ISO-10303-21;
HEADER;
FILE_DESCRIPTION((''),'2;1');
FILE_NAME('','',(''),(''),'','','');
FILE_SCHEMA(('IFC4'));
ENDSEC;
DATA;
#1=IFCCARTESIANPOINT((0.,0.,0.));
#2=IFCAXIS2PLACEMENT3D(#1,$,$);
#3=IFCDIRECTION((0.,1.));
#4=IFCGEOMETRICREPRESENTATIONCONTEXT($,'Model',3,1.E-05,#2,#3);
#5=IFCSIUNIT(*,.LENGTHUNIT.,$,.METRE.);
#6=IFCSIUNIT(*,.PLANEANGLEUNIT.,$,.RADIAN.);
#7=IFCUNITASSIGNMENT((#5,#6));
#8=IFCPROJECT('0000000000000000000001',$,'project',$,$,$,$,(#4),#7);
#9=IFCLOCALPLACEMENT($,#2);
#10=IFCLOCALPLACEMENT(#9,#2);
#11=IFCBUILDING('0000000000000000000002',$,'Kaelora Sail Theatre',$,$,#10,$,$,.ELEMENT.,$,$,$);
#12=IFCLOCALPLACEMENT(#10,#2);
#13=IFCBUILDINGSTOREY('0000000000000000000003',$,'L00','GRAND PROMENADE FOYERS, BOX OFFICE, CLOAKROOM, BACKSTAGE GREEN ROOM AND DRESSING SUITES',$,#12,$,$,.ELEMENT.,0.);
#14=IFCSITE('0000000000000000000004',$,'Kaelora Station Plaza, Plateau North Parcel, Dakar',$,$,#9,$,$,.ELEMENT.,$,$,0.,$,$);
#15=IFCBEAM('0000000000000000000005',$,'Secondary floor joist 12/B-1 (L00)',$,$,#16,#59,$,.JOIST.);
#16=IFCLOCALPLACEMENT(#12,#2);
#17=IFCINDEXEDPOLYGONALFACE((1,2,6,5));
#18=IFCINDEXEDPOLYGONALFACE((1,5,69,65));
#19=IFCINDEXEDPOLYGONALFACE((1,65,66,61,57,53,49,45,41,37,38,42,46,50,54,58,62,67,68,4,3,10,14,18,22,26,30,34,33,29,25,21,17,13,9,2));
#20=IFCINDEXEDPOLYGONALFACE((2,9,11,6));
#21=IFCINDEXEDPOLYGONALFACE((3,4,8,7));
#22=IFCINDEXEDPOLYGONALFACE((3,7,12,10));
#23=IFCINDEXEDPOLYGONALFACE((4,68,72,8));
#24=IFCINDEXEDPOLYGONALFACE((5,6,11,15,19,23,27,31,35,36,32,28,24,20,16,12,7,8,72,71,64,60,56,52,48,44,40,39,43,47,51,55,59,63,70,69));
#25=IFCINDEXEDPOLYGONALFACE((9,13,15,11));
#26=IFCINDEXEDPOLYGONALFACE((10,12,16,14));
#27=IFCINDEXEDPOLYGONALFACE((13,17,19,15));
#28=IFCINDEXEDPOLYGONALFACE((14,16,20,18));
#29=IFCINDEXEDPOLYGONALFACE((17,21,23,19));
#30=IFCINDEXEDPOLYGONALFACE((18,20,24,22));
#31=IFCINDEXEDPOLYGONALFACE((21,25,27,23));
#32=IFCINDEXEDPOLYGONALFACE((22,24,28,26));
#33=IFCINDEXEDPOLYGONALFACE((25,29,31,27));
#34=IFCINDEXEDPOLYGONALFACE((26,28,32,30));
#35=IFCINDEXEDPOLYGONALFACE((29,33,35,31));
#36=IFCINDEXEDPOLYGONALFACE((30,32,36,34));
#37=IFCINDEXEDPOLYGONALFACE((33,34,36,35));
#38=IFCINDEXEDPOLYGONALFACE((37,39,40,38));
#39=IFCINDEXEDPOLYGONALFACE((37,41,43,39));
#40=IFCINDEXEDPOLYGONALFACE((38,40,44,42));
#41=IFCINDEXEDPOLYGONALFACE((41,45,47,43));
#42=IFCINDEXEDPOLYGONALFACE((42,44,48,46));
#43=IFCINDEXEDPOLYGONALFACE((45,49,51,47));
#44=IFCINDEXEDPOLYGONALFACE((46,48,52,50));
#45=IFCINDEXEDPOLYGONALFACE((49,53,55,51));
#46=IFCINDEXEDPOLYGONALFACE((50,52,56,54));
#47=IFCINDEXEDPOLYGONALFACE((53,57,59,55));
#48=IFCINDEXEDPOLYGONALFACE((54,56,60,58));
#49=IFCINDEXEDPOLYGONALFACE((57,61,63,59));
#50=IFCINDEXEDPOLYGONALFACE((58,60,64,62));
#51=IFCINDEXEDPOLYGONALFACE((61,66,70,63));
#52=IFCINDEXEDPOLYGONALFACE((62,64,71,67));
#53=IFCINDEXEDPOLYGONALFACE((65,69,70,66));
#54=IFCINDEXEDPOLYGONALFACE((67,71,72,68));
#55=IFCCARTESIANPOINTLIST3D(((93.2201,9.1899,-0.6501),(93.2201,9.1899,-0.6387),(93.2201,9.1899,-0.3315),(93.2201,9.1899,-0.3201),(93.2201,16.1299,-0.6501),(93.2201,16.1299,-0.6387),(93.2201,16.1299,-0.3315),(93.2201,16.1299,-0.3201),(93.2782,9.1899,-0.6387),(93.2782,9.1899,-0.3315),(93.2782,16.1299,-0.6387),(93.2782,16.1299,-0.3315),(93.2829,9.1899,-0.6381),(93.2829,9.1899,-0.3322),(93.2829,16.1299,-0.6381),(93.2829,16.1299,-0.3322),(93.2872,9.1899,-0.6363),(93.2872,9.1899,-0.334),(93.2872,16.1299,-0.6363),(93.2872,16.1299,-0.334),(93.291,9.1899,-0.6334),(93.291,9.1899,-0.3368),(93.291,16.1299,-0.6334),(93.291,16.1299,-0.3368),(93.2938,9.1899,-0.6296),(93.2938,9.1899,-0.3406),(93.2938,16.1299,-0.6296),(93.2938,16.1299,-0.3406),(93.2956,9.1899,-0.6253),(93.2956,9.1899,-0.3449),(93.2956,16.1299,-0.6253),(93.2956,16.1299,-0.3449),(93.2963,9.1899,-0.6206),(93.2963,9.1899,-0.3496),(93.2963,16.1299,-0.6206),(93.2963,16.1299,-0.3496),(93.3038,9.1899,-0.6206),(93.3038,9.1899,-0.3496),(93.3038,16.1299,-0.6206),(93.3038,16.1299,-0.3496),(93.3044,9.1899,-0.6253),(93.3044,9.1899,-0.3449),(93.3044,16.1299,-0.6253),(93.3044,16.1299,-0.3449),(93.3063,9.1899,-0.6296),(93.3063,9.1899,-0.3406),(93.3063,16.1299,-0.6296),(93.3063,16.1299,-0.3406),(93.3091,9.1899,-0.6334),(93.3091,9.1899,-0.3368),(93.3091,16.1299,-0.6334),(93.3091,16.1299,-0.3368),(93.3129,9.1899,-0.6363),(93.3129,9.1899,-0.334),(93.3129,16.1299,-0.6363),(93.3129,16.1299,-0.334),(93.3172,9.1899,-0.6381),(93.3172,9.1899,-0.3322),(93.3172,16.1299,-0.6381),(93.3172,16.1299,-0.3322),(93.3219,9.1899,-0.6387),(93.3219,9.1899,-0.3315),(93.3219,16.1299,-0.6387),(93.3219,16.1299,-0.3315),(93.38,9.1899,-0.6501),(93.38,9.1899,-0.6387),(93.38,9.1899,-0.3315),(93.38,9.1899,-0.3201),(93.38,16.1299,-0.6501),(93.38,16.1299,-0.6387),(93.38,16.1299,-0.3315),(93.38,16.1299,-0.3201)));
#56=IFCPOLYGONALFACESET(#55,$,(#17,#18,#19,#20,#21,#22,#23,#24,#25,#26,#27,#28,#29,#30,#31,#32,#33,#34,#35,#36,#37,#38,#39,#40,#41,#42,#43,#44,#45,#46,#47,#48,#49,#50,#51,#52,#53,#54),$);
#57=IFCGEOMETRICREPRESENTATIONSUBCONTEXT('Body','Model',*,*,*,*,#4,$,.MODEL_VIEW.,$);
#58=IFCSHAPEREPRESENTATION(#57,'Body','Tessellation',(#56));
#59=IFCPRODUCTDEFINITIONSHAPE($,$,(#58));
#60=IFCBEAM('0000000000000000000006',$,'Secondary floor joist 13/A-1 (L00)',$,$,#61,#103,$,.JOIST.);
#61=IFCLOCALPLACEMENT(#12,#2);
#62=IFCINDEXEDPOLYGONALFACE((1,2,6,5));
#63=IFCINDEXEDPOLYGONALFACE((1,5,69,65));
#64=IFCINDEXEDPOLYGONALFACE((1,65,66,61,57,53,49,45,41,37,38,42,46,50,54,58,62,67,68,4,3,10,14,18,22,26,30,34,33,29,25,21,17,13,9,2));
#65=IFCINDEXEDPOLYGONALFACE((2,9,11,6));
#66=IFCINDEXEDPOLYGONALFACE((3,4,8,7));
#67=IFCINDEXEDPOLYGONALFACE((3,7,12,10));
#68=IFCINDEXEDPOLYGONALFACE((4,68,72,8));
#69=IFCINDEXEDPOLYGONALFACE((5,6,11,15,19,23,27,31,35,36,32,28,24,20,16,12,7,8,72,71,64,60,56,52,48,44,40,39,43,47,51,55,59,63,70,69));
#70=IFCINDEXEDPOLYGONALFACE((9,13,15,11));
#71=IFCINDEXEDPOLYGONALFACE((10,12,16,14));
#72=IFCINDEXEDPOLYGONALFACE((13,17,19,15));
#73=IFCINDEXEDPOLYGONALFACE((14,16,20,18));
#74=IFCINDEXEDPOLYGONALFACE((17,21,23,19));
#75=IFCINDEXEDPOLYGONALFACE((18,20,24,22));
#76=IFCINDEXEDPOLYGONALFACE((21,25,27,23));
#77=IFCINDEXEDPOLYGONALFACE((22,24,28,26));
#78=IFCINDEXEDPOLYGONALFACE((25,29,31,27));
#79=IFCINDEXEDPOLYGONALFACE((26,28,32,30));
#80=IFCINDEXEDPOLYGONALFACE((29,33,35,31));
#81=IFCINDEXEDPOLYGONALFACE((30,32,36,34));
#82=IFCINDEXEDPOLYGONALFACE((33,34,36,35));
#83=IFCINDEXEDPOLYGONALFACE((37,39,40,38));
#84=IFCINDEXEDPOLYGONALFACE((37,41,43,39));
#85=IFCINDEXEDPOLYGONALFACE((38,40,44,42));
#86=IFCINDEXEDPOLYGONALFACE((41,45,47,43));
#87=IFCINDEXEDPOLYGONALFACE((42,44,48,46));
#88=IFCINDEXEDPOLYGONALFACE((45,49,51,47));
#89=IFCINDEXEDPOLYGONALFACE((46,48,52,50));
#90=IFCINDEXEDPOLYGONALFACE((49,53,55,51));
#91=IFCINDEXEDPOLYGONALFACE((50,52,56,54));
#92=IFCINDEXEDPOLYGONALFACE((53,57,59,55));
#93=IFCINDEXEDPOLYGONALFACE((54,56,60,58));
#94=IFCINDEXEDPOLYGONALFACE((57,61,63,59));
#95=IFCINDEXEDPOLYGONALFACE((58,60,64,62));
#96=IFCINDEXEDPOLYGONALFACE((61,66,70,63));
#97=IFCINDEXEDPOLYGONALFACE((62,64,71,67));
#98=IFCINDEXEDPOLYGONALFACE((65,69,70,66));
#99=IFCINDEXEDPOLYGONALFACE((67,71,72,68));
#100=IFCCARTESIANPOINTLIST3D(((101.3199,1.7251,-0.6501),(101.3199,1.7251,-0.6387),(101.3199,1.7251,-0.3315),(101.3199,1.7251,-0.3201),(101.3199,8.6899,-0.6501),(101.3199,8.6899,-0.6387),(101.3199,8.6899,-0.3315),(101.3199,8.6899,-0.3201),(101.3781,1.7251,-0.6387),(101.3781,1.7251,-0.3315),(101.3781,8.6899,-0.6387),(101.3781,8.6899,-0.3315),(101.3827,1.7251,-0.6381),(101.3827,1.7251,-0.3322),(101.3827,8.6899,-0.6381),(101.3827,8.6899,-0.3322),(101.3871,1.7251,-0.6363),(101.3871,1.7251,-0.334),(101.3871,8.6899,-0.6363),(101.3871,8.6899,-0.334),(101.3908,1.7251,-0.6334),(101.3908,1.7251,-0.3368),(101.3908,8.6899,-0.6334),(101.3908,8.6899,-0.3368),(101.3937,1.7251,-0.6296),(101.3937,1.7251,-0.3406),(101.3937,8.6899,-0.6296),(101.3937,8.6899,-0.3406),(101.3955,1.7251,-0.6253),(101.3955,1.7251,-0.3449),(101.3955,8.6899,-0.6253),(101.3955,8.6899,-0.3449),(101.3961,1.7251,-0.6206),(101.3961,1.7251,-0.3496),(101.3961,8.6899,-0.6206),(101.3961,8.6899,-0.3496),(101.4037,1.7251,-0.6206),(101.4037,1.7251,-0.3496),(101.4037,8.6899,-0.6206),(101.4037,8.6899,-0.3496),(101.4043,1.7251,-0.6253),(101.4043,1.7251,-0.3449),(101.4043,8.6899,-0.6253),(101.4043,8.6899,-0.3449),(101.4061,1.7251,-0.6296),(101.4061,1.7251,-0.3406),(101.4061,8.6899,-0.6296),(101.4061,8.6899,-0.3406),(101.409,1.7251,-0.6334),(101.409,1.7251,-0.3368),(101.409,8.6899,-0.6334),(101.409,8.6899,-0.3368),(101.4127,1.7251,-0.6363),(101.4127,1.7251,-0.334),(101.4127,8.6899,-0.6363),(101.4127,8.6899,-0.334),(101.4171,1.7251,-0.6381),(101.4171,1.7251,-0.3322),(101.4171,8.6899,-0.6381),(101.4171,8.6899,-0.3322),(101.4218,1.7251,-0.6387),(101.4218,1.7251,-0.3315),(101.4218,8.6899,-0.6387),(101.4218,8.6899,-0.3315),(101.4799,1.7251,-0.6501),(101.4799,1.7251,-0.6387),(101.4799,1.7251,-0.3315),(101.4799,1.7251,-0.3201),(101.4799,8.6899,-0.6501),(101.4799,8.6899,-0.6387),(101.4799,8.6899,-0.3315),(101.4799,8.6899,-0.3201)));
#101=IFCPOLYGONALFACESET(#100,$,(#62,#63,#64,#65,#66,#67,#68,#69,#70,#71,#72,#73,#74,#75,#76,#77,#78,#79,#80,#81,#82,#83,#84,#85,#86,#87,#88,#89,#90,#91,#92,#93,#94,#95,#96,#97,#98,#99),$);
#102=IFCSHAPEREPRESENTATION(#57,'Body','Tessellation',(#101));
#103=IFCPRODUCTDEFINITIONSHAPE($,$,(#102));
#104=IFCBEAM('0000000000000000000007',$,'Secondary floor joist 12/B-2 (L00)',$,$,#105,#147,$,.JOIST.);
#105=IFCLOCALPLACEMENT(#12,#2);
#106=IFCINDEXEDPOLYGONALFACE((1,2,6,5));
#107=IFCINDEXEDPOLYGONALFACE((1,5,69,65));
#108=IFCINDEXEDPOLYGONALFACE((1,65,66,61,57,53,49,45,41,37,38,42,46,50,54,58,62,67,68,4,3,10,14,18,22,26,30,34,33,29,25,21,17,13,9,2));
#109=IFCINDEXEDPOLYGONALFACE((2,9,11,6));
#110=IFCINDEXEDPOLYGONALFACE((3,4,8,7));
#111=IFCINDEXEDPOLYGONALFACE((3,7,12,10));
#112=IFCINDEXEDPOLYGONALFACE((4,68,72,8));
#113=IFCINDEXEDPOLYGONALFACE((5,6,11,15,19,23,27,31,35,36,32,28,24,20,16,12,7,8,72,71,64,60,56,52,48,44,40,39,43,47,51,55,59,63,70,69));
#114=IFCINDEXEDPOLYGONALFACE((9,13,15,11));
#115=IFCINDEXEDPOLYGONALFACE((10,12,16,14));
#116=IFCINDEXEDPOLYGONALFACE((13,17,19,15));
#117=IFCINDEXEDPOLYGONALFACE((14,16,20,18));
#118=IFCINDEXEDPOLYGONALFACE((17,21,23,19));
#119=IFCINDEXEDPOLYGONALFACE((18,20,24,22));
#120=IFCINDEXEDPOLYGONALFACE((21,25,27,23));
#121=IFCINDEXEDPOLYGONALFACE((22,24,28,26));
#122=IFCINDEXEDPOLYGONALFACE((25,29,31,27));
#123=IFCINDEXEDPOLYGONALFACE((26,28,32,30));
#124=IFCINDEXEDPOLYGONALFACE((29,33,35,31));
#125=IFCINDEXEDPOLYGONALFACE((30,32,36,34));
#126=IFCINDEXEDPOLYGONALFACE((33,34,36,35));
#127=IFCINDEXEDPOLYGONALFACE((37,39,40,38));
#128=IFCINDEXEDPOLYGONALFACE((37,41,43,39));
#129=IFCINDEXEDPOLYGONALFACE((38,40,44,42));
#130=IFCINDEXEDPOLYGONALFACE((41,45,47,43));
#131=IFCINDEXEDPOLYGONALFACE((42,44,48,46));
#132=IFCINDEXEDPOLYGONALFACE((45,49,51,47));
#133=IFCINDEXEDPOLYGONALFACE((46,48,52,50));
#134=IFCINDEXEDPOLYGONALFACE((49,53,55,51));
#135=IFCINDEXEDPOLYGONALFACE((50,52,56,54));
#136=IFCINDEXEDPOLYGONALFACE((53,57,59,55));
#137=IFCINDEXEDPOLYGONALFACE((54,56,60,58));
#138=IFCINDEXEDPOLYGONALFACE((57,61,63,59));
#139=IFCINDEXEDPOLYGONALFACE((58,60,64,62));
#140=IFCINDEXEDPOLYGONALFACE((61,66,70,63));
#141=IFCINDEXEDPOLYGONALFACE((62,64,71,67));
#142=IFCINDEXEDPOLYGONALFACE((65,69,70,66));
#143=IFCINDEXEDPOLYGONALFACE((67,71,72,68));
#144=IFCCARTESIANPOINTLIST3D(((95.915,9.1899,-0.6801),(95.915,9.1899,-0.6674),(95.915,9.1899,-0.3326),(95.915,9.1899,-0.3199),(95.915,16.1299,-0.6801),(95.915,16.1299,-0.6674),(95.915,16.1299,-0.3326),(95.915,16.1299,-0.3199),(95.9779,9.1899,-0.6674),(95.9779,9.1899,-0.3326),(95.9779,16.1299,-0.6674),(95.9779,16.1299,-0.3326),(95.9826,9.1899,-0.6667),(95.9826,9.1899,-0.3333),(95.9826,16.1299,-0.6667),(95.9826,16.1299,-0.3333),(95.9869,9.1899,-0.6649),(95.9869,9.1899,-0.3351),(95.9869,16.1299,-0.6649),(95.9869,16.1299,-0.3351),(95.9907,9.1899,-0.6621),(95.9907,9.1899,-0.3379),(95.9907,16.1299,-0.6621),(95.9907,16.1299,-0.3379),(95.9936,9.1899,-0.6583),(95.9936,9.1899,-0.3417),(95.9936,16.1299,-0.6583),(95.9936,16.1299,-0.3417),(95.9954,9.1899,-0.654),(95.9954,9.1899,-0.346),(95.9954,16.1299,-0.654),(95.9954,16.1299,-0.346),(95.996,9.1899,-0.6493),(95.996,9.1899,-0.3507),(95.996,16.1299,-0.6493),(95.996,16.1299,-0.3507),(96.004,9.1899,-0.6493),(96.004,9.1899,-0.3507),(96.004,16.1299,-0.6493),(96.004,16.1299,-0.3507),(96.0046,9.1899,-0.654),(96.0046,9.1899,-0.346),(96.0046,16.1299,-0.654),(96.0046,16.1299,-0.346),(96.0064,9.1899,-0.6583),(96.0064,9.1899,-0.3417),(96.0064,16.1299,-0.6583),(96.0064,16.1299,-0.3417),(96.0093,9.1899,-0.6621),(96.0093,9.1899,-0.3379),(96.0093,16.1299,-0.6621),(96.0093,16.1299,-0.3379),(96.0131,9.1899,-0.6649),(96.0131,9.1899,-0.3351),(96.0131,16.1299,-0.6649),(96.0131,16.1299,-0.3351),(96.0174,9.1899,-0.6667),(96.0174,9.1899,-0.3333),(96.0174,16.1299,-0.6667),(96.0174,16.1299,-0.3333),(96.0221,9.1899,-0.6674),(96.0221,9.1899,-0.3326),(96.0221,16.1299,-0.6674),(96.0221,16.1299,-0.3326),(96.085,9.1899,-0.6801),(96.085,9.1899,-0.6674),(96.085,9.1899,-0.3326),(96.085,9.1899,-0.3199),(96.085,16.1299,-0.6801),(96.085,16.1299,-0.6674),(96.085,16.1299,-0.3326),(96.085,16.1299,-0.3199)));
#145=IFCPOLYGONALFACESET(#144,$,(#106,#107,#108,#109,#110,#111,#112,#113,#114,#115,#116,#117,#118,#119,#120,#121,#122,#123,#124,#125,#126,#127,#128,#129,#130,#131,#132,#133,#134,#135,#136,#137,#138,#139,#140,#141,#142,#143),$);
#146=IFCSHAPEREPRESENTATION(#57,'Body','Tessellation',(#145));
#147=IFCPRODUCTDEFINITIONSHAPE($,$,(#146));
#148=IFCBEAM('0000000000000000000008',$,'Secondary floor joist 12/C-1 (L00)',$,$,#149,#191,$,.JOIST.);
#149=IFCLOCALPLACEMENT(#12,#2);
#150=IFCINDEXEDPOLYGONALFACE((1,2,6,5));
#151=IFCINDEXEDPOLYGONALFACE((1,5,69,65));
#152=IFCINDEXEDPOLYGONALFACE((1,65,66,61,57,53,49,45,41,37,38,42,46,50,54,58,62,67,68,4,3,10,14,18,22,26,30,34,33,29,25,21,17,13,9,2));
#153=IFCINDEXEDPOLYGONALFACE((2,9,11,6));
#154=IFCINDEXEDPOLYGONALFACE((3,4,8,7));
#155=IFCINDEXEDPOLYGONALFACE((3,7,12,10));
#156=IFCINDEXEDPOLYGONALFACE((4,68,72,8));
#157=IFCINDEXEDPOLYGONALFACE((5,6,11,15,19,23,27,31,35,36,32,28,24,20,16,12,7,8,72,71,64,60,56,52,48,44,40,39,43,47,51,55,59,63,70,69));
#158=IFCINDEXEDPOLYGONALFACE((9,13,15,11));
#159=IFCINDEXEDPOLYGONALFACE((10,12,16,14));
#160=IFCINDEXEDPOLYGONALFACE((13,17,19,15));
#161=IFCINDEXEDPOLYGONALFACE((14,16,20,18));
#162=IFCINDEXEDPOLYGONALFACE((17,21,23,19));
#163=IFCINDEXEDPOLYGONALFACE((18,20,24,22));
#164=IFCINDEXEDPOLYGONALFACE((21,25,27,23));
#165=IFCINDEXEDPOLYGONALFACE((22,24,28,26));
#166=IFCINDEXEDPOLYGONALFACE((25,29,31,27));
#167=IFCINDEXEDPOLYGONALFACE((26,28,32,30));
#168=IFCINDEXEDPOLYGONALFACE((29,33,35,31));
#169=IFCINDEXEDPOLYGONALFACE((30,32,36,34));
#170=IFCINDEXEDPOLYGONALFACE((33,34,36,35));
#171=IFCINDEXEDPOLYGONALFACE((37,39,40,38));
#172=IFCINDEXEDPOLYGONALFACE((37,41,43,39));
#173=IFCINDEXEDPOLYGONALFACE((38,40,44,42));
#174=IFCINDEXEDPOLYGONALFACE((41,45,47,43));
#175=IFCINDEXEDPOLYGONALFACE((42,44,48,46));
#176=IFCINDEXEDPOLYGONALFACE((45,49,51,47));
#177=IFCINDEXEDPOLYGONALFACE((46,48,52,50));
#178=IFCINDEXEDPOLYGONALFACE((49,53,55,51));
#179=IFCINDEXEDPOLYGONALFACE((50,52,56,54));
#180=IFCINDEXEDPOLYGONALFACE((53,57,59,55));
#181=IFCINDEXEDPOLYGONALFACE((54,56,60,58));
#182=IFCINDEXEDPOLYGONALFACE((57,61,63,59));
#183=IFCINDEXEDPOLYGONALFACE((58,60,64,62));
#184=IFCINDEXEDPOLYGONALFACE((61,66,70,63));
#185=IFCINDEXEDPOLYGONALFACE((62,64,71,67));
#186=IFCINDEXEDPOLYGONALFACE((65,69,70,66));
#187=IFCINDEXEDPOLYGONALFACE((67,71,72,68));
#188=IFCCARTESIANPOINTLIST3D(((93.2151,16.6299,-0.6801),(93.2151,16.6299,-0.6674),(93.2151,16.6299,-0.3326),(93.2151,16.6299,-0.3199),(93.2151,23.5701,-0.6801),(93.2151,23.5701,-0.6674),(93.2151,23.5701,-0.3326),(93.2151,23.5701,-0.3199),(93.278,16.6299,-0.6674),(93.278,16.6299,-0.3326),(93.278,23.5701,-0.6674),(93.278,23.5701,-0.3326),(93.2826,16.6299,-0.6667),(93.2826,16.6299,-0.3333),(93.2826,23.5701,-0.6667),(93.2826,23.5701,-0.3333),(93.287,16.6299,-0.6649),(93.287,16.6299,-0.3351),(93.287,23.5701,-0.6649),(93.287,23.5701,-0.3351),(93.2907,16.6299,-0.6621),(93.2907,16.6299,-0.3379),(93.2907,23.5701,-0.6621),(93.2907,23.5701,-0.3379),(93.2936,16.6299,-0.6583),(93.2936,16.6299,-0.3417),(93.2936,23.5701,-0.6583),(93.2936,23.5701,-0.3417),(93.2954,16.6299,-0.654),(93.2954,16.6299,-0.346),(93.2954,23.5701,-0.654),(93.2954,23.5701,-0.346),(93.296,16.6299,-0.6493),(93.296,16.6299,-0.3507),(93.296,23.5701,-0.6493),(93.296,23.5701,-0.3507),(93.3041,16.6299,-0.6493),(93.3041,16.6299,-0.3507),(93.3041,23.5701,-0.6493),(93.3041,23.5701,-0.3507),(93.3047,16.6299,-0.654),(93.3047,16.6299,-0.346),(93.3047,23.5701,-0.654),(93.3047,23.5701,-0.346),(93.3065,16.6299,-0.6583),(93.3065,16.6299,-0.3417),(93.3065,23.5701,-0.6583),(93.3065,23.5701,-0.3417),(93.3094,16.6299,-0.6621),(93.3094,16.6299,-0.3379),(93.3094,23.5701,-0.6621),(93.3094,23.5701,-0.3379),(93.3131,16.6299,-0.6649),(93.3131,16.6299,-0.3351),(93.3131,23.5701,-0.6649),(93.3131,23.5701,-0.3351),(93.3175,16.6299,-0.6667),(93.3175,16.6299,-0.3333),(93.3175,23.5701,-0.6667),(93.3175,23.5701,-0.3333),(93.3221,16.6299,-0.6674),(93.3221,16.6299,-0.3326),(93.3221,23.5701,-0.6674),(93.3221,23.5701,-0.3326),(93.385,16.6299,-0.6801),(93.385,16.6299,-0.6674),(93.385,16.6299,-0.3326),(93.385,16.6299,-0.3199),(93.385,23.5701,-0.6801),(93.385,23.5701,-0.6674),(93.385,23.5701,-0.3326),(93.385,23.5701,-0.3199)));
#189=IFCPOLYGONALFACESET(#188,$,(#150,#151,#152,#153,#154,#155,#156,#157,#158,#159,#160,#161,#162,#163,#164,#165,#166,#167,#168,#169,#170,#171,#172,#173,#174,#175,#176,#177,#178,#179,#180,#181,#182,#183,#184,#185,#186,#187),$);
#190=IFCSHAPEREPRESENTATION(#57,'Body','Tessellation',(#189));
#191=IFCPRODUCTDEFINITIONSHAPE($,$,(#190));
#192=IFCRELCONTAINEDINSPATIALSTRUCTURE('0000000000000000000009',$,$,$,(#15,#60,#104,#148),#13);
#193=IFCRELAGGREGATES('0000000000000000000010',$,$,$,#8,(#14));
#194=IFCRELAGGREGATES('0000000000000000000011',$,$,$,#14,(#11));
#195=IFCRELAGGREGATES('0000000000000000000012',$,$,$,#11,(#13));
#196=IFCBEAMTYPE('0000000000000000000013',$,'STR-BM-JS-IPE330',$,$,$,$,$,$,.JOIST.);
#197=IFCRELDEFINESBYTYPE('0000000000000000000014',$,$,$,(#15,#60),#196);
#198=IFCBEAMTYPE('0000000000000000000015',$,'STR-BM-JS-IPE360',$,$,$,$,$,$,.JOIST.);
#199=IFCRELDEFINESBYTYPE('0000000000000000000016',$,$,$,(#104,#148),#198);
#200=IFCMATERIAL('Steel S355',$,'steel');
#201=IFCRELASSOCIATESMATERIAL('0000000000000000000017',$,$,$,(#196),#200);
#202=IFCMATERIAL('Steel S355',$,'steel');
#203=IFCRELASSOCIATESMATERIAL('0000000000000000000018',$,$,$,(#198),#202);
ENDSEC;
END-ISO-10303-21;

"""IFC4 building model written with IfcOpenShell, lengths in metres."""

from ifc_helpers import new_model, si_unit, direction, frame, origin, origin_2d, place, context, subcontext, project, spatial, i_section, extrude, material, material_profile, profile_set, type_object, element, save


model = new_model("IFC4")

# Units and contexts
model_context = context("Model", 3, precision=1e-05, world=origin(), true_north=direction((0.0, 1.0)))
body_context = subcontext(model_context, "Body", "Model", "MODEL_VIEW")
ifc_project = project(units=[si_unit("LENGTHUNIT", "METRE"), si_unit("PLANEANGLEUNIT", "RADIAN")], contexts=[model_context])

# Site, building, storey
site_placement = place(None, origin())
site = spatial("IfcSite", under=ifc_project, at=site_placement, Name="Kaelora Station Plaza, Plateau North Parcel, Dakar", CompositionType="ELEMENT", RefElevation=0.0)
building_placement = place(site_placement, origin())
building = spatial("IfcBuilding", under=site, at=building_placement, Name="Kaelora Sail Theatre", CompositionType="ELEMENT")
storey_placement = place(building_placement, origin())
storey = spatial("IfcBuildingStorey", under=building, at=storey_placement, Name="L00", Description="GRAND PROMENADE FOYERS, BOX OFFICE, CLOAKROOM, BACKSTAGE GREEN ROOM AND DRESSING SUITES", CompositionType="ELEMENT", Elevation=0.0)

# Beams
ifc_material_1 = material(Name="Steel S355", Category="steel")
ifc_material_profile_1 = material_profile(ifc_material_1, i_section(OverallWidth=0.1599, OverallDepth=0.3301, WebThickness=0.0076, FlangeThickness=0.0115, FilletRadius=0.0181, at=origin_2d()), Name="IPE 330")
ifc_profile_set_1 = profile_set([ifc_material_profile_1], Name="Steel S355")
beam_type_1 = type_object("IfcBeamType", Name="STR-BM-JS-IPE330", PredefinedType="JOIST", material=ifc_profile_set_1)
beam_1_placement = place(storey_placement, frame((93.3, 9.1899, -0.4851), z_axis=(0.0, 1.0, 0.0), x_axis=(-1.0, 0.0, 0.0)))
element("IfcBeam", 1, at=beam_1_placement, inside=storey, type_object=beam_type_1, Name="Secondary floor joist 12/B-1 (L00)", PredefinedType="JOIST", context=body_context, shape_type="SweptSolid", body=[
    extrude(i_section(OverallWidth=0.1599, OverallDepth=0.3301, WebThickness=0.0076, FlangeThickness=0.0115, FilletRadius=0.0181, at=origin_2d()), origin(), (0.0, 0.0, 1.0), 6.9399),
])
beam_2_placement = place(storey_placement, frame((101.3999, 1.7251, -0.4851), z_axis=(0.0, 1.0, 0.0), x_axis=(-1.0, 0.0, 0.0)))
element("IfcBeam", 2, at=beam_2_placement, inside=storey, type_object=beam_type_1, Name="Secondary floor joist 13/A-1 (L00)", PredefinedType="JOIST", context=body_context, shape_type="SweptSolid", body=[
    extrude(i_section(OverallWidth=0.1599, OverallDepth=0.3301, WebThickness=0.0076, FlangeThickness=0.0115, FilletRadius=0.0181, at=origin_2d()), origin(), (0.0, 0.0, 1.0), 6.9648),
])
ifc_material_2 = material(Name="Steel S355", Category="steel")
ifc_material_profile_2 = material_profile(ifc_material_2, i_section(OverallWidth=0.1699, OverallDepth=0.3601, WebThickness=0.0081, FlangeThickness=0.0127, FilletRadius=0.0181, at=origin_2d()), Name="IPE 360")
ifc_profile_set_2 = profile_set([ifc_material_profile_2], Name="Steel S355")
beam_type_2 = type_object("IfcBeamType", Name="STR-BM-JS-IPE360", PredefinedType="JOIST", material=ifc_profile_set_2)
beam_3_placement = place(storey_placement, frame((96.0, 9.1899, -0.5), z_axis=(0.0, 1.0, 0.0), x_axis=(-1.0, 0.0, 0.0)))
element("IfcBeam", 3, at=beam_3_placement, inside=storey, type_object=beam_type_2, Name="Secondary floor joist 12/B-2 (L00)", PredefinedType="JOIST", context=body_context, shape_type="SweptSolid", body=[
    extrude(i_section(OverallWidth=0.1699, OverallDepth=0.3601, WebThickness=0.0081, FlangeThickness=0.0127, FilletRadius=0.0181, at=origin_2d()), origin(), (0.0, 0.0, 1.0), 6.9399),
])
beam_4_placement = place(storey_placement, frame((93.3, 16.6299, -0.5), z_axis=(0.0, 1.0, 0.0), x_axis=(-1.0, 0.0, 0.0)))
element("IfcBeam", 4, at=beam_4_placement, inside=storey, type_object=beam_type_2, Name="Secondary floor joist 12/C-1 (L00)", PredefinedType="JOIST", context=body_context, shape_type="SweptSolid", body=[
    extrude(i_section(OverallWidth=0.1699, OverallDepth=0.3601, WebThickness=0.0081, FlangeThickness=0.0127, FilletRadius=0.0181, at=origin_2d()), origin(), (0.0, 0.0, 1.0), 6.9402),
])

save(model, "model.ifc")
